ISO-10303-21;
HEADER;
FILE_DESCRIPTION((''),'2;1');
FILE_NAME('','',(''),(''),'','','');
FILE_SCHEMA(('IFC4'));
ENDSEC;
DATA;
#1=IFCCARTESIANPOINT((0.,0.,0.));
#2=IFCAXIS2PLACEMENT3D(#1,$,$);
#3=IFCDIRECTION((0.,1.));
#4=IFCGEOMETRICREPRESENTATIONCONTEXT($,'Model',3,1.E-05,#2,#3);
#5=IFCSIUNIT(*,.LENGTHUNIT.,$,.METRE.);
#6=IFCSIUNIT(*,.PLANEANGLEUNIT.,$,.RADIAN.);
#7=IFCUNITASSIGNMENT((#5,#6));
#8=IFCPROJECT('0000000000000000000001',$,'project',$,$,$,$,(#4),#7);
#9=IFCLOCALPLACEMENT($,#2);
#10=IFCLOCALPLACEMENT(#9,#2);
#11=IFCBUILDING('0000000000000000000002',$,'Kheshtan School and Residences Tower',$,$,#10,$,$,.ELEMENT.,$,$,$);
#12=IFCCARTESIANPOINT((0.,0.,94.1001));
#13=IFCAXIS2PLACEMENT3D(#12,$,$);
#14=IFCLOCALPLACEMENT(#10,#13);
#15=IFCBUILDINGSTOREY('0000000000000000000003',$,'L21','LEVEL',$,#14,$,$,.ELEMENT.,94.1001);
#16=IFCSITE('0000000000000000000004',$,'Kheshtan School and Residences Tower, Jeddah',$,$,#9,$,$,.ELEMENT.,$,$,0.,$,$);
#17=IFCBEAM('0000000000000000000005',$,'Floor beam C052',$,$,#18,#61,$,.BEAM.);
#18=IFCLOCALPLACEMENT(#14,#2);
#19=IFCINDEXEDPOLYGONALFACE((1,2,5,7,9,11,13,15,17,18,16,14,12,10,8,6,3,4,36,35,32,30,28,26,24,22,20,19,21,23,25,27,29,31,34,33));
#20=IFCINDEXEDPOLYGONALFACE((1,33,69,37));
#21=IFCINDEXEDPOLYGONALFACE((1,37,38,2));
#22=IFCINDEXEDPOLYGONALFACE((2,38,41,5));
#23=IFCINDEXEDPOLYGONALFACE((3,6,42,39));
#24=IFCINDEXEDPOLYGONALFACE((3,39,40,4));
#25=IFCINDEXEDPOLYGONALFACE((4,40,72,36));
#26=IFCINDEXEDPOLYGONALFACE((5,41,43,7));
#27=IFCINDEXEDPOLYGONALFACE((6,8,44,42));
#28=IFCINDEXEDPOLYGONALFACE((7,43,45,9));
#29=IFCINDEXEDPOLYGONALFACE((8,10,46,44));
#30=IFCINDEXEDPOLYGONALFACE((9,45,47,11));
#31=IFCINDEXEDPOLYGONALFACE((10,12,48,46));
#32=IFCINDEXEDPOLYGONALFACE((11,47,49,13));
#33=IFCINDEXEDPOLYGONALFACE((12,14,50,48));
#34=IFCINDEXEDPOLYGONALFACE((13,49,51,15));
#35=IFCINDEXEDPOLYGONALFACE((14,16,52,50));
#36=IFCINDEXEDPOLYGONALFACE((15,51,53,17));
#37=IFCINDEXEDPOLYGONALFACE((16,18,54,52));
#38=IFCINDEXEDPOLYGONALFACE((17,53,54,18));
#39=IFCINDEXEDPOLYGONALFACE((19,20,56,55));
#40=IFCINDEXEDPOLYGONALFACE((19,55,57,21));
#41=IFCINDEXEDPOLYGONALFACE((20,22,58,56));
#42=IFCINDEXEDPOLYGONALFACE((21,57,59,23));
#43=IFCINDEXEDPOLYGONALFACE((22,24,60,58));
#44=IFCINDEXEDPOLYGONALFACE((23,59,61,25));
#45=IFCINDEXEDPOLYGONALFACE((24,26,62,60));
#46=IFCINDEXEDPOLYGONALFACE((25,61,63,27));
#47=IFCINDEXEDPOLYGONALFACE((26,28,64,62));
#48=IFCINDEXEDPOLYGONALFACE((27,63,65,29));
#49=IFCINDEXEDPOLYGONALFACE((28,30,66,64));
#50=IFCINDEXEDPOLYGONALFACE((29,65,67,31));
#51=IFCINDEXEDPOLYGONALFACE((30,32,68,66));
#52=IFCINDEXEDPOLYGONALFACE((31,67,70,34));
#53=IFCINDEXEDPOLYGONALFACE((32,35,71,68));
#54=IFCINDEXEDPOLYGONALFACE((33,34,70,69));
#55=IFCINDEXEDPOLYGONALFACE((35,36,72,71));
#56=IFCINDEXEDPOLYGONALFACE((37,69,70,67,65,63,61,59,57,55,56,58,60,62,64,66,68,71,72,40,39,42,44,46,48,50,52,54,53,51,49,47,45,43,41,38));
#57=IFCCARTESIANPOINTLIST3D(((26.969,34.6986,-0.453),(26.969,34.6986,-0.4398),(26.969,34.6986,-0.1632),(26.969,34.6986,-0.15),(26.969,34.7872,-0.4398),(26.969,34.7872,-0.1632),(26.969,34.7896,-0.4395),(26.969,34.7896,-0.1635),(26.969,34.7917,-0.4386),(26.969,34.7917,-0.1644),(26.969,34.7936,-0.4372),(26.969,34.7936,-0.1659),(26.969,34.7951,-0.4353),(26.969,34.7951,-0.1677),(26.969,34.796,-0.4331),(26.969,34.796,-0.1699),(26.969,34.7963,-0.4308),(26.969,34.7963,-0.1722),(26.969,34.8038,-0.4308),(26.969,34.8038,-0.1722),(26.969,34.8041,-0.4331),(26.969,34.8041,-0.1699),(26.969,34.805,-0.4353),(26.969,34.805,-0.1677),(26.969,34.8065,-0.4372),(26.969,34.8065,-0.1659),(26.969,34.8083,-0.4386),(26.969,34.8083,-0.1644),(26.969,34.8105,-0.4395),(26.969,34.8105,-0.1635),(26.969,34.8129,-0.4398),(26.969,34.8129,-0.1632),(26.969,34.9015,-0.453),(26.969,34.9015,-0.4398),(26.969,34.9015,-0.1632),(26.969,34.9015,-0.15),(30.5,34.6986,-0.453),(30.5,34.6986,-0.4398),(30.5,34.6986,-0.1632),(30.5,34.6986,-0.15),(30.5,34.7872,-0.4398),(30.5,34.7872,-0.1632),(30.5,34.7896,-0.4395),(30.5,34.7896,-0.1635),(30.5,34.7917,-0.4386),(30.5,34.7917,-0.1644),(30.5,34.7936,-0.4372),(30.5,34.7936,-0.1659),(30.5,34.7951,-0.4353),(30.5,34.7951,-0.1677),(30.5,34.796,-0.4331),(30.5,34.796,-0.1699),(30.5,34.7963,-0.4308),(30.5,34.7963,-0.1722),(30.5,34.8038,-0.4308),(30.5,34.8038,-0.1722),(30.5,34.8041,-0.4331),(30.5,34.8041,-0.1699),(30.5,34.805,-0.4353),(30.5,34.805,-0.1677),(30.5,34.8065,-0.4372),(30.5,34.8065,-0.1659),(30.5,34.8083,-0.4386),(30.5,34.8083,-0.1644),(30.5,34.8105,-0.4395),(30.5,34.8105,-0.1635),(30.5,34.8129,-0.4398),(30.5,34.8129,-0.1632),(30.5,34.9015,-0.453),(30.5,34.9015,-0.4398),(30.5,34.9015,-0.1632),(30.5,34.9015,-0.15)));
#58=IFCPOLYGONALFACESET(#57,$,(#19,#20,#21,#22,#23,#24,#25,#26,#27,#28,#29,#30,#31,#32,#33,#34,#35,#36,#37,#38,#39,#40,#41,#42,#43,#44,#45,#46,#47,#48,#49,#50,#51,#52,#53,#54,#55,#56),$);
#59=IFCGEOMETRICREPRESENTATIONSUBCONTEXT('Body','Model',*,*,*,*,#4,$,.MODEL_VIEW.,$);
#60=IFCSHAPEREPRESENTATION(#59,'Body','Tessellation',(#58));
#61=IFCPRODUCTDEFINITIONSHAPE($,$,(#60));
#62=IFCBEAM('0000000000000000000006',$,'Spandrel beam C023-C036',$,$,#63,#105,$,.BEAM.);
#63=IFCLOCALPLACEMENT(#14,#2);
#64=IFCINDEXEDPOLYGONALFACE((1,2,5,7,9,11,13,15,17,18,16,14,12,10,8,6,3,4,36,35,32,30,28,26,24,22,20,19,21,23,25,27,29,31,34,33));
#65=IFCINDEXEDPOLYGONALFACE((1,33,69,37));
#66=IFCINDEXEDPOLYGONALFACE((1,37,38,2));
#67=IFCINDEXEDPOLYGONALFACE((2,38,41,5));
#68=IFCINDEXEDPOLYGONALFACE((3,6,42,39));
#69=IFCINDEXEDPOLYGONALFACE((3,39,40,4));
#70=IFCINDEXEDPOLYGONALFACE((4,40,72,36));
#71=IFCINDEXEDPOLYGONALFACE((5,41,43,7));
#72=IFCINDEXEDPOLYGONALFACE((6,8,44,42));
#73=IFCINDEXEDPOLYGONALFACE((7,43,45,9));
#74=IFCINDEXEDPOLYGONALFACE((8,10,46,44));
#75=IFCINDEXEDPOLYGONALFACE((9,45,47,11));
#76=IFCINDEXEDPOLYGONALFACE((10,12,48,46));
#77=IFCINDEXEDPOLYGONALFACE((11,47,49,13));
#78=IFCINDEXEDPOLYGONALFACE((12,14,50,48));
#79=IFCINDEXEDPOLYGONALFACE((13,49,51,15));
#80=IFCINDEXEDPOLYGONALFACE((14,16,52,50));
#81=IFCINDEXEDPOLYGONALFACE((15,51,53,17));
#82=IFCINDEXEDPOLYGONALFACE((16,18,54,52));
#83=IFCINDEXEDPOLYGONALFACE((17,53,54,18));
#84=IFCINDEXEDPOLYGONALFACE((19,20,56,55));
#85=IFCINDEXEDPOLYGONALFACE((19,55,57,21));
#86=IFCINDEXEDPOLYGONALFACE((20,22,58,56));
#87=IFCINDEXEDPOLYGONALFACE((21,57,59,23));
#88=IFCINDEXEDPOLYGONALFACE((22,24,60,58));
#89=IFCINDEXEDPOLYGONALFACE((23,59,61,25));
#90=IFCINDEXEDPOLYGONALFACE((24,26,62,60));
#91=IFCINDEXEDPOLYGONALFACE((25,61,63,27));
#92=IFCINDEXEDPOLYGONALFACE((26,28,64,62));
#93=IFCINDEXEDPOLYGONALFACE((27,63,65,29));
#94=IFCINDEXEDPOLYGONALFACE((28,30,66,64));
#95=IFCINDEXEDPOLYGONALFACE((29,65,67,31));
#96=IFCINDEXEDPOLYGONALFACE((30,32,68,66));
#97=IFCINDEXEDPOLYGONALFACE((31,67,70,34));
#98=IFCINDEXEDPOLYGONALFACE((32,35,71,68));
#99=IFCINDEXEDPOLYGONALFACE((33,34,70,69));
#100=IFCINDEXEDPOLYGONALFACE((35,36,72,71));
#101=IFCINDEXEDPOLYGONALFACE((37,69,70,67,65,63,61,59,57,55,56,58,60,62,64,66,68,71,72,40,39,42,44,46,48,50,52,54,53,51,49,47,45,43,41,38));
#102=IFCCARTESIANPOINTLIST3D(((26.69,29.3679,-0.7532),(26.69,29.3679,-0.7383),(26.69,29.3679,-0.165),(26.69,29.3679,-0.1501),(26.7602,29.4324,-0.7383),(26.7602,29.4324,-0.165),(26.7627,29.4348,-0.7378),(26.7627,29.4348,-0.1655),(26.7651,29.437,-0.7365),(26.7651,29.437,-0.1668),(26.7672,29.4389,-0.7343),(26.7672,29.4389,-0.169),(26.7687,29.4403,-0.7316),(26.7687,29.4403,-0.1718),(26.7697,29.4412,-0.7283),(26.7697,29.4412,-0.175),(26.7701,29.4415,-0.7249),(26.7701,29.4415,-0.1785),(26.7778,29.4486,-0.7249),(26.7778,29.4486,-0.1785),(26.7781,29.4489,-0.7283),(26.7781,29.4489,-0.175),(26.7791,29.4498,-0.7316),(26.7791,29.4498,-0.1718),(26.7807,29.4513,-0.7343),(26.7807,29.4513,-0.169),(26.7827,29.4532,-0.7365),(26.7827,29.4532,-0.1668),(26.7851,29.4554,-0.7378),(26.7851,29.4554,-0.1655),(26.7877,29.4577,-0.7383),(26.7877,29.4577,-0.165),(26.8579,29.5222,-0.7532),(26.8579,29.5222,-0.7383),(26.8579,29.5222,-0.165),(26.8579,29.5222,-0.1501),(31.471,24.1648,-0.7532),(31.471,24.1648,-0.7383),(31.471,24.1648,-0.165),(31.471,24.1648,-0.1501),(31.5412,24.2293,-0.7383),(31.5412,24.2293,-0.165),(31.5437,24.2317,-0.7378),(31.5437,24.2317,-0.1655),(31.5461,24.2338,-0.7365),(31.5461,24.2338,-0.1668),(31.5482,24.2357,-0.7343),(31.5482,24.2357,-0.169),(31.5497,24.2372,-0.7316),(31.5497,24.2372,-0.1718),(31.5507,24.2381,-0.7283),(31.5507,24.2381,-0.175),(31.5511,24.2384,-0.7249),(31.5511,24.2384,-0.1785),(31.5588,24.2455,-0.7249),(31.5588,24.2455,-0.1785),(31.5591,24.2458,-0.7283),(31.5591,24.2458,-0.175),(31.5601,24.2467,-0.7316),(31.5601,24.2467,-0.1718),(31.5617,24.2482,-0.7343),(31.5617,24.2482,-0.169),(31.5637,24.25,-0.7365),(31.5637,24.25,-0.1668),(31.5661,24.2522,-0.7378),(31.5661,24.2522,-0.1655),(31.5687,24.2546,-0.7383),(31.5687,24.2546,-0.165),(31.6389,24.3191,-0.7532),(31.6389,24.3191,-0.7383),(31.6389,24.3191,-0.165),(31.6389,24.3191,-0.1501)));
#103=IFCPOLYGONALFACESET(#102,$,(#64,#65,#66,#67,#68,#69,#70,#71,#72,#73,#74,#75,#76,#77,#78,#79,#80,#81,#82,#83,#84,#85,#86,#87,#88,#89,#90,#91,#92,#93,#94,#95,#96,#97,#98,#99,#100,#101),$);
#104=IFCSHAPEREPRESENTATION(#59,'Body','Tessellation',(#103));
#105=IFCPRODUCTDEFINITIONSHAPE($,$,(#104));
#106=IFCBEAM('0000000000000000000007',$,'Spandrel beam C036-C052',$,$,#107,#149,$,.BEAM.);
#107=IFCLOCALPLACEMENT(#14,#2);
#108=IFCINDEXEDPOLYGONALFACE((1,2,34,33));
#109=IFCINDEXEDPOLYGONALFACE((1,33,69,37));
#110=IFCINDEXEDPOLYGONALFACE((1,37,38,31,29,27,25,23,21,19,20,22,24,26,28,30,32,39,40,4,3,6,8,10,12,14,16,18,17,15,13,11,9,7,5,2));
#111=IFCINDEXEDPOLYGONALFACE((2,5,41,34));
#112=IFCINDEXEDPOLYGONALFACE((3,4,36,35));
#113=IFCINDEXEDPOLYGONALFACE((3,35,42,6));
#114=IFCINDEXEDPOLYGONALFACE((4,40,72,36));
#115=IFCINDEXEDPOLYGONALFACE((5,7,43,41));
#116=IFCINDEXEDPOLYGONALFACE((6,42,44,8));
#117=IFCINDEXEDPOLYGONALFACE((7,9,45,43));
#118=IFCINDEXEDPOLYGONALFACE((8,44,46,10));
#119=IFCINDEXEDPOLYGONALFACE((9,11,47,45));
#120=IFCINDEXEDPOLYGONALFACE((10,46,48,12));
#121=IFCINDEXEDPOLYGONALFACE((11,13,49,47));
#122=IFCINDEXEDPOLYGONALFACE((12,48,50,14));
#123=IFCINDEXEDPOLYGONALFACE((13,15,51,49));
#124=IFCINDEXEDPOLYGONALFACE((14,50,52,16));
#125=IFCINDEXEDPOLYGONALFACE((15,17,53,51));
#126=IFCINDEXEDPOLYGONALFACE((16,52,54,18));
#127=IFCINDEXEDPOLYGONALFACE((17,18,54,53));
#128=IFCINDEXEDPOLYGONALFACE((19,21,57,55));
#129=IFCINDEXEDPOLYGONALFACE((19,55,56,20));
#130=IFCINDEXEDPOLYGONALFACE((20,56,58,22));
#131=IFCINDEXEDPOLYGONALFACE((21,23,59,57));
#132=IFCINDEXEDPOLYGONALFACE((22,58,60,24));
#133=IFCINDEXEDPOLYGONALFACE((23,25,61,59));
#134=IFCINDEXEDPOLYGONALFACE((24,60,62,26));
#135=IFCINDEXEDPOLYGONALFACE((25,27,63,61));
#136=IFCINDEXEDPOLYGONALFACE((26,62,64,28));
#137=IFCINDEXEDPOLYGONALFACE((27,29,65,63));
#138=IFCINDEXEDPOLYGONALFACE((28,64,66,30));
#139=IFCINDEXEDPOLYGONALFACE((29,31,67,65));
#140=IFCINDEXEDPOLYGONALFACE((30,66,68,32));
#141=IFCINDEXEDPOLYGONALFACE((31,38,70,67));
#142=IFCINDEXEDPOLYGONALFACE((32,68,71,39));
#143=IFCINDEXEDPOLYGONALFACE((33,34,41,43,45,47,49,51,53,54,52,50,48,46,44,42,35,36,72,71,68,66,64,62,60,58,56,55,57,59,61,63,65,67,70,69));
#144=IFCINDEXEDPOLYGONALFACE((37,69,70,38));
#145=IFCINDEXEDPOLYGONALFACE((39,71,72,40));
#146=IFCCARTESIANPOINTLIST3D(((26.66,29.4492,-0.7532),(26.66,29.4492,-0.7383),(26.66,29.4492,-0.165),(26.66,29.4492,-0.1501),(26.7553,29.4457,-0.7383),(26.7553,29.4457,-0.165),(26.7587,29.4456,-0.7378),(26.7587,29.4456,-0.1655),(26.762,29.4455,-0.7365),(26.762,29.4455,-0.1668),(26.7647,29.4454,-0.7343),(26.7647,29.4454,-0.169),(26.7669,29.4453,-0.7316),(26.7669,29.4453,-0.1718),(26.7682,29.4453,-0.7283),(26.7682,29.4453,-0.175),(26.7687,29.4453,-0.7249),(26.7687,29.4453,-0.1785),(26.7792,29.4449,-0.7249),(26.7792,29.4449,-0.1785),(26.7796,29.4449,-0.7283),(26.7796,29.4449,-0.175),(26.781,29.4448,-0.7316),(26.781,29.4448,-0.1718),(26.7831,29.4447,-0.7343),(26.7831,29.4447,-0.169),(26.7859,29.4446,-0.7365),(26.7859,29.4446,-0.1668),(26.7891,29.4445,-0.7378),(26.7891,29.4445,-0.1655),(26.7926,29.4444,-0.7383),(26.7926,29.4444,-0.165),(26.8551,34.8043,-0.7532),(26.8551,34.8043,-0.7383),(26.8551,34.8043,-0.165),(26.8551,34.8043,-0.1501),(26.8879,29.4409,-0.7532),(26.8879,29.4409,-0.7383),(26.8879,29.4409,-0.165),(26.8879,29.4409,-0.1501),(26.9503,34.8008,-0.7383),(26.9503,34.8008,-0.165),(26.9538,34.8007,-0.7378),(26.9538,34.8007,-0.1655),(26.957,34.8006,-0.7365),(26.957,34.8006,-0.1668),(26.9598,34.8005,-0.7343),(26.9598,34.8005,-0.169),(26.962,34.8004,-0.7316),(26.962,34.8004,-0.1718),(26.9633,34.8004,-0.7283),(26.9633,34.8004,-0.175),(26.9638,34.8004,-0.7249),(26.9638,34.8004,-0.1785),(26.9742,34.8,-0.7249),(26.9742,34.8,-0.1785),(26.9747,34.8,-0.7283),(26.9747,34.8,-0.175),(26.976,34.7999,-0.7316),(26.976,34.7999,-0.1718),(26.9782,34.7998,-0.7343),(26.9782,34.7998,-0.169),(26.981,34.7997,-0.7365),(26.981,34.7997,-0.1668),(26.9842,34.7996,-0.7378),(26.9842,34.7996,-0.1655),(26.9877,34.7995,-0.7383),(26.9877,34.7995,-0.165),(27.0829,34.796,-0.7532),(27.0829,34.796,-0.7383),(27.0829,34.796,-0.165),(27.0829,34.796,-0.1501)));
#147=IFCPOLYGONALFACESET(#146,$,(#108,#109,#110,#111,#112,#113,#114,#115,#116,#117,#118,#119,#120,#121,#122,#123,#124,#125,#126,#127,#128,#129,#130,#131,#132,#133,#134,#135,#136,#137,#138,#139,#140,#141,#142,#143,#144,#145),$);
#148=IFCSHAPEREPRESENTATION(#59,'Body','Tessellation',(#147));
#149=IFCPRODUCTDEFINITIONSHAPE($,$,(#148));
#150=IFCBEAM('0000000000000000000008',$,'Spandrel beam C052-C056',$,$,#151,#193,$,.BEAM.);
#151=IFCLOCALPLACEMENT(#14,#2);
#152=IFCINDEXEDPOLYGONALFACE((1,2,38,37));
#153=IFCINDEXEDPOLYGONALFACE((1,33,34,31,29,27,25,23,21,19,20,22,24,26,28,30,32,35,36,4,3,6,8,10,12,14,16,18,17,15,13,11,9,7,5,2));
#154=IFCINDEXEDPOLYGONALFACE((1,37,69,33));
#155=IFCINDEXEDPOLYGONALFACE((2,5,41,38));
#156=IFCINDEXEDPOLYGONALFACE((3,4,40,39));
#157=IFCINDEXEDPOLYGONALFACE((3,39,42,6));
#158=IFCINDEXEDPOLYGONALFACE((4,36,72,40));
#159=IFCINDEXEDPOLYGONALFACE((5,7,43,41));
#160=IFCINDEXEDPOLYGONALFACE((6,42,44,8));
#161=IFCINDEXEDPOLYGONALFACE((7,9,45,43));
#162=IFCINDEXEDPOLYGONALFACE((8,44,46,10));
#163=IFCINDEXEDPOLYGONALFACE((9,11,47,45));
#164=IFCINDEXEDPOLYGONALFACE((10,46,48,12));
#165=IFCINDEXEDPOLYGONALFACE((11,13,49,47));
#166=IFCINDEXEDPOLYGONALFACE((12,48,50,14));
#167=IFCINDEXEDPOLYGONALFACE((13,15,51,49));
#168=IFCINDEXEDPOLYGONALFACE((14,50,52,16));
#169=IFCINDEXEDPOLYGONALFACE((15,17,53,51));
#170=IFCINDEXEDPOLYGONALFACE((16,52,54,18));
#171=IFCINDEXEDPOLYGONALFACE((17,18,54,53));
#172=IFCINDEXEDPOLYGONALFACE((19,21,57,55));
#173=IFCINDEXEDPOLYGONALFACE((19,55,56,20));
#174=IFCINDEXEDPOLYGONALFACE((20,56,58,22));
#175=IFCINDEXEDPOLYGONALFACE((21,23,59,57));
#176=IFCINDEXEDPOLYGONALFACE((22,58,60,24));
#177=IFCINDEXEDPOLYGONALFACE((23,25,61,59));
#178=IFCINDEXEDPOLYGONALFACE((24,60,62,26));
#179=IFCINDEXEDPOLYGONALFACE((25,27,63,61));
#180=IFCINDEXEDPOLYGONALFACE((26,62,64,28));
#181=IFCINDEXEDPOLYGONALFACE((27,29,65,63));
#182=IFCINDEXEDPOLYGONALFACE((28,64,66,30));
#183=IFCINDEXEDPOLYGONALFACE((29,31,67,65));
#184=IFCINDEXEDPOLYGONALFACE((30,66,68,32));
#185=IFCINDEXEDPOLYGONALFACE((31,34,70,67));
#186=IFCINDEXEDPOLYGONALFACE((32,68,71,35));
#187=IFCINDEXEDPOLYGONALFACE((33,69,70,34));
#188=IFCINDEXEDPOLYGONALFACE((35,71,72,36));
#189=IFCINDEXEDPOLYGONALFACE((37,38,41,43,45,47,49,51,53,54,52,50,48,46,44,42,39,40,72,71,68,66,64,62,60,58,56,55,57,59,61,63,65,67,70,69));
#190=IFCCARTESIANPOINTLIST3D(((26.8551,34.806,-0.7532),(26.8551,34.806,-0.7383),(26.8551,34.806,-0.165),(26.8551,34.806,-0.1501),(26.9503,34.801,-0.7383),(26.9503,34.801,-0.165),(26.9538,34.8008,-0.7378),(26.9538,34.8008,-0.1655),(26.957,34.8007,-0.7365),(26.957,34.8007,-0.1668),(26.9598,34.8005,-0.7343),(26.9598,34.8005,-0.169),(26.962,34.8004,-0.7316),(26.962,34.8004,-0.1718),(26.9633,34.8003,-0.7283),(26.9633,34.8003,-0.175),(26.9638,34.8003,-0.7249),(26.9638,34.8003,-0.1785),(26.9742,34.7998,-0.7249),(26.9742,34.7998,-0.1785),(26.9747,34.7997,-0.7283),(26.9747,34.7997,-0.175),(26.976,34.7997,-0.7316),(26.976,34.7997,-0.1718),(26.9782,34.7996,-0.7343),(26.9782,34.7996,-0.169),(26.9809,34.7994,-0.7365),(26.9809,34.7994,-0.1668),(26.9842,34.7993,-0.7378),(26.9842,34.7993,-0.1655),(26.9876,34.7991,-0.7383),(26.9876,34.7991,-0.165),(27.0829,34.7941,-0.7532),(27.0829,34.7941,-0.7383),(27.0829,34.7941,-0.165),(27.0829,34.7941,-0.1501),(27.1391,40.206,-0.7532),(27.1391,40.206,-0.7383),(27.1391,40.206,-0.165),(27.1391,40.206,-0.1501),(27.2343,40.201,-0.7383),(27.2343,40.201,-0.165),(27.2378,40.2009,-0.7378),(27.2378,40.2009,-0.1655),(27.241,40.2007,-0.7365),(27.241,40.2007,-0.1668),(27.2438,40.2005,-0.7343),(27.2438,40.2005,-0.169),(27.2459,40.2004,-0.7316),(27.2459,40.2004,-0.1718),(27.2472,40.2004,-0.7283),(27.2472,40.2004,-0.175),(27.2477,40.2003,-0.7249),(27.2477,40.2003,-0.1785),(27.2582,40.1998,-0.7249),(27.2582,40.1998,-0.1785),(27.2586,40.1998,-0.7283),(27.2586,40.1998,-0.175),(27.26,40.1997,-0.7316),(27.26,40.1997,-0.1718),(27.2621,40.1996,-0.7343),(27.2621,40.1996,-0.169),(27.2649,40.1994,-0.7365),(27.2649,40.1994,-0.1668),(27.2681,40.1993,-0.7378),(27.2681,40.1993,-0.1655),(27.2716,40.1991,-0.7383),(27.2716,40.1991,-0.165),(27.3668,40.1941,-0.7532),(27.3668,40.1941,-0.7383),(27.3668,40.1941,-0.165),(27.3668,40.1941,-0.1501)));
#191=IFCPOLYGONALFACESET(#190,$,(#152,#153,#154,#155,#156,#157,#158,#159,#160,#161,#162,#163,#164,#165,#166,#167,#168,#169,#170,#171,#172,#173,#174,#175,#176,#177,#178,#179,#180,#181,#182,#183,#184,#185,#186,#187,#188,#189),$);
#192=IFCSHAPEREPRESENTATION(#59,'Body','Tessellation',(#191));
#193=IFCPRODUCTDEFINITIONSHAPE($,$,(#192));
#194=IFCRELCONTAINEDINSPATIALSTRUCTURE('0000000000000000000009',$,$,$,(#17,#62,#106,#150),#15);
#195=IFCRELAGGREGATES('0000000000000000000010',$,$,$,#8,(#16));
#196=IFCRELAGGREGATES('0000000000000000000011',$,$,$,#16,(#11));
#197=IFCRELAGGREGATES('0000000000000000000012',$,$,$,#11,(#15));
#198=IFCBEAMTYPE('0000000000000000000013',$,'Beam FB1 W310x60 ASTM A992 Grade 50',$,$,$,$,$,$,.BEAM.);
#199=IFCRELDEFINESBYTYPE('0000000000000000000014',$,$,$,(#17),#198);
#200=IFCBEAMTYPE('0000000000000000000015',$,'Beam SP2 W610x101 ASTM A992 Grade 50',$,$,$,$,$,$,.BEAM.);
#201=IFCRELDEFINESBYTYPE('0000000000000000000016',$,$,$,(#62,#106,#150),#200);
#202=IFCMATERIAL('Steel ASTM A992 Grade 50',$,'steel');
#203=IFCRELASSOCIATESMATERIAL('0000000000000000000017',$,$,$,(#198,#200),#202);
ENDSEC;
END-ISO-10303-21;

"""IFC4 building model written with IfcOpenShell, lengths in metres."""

from ifc_helpers import new_model, si_unit, direction, frame, origin, origin_2d, place, context, subcontext, project, spatial, i_section, extrude, material, material_profile, profile_set, type_object, element, save


model = new_model("IFC4")

# Units and contexts
model_context = context("Model", 3, precision=1e-05, world=origin(), true_north=direction((0.0, 1.0)))
body_context = subcontext(model_context, "Body", "Model", "MODEL_VIEW")
ifc_project = project(units=[si_unit("LENGTHUNIT", "METRE"), si_unit("PLANEANGLEUNIT", "RADIAN")], contexts=[model_context])

# Site, building, storey
site_placement = place(None, origin())
site = spatial("IfcSite", under=ifc_project, at=site_placement, Name="Kheshtan School and Residences Tower, Jeddah", CompositionType="ELEMENT", RefElevation=0.0)
building_placement = place(site_placement, origin())
building = spatial("IfcBuilding", under=site, at=building_placement, Name="Kheshtan School and Residences Tower", CompositionType="ELEMENT")
storey_placement = place(building_placement, frame((0.0, 0.0, 94.1001)))
storey = spatial("IfcBuildingStorey", under=building, at=storey_placement, Name="L21", Description="LEVEL", CompositionType="ELEMENT", Elevation=94.1001)

# Shared definitions
ifc_material_1 = material(Name="Steel ASTM A992 Grade 50", Category="steel")

# Beams
ifc_material_profile_1 = material_profile(ifc_material_1, i_section(OverallWidth=0.2029, OverallDepth=0.303, WebThickness=0.0076, FlangeThickness=0.0132, FilletRadius=0.009, at=origin_2d()), Name="W310x60")
ifc_profile_set_1 = profile_set([ifc_material_profile_1], Name="Steel ASTM A992 Grade 50")
beam_type_1 = type_object("IfcBeamType", Name="Beam FB1 W310x60 ASTM A992 Grade 50", PredefinedType="BEAM", material=ifc_profile_set_1)
beam_1_placement = place(storey_placement, frame((26.969, 34.8, -0.3015), z_axis=(1.0, 0.0, 0.0), x_axis=(0.0, 1.0, 0.0)))
element("IfcBeam", 1, at=beam_1_placement, inside=storey, type_object=beam_type_1, Name="Floor beam C052", PredefinedType="BEAM", context=body_context, shape_type="SweptSolid", body=[
    extrude(i_section(OverallWidth=0.2029, OverallDepth=0.303, WebThickness=0.0076, FlangeThickness=0.0132, FilletRadius=0.009, at=origin_2d()), origin(), (0.0, 0.0, 1.0), 3.531),
])
ifc_material_profile_2 = material_profile(ifc_material_1, i_section(OverallWidth=0.228, OverallDepth=0.603, WebThickness=0.0105, FlangeThickness=0.0149, FilletRadius=0.0134, at=origin_2d()), Name="W610x101")
ifc_profile_set_2 = profile_set([ifc_material_profile_2], Name="Steel ASTM A992 Grade 50")
beam_type_2 = type_object("IfcBeamType", Name="Beam SP2 W610x101 ASTM A992 Grade 50", PredefinedType="BEAM", material=ifc_profile_set_2)
beam_2_placement = place(storey_placement, frame((31.5549, 24.2419, -0.4517), z_axis=(-0.676607, 0.736345, 0.0), x_axis=(-0.736345, -0.676607, 0.0)))
element("IfcBeam", 2, at=beam_2_placement, inside=storey, type_object=beam_type_2, Name="Spandrel beam C023-C036", PredefinedType="BEAM", context=body_context, shape_type="SweptSolid", body=[
    extrude(i_section(OverallWidth=0.228, OverallDepth=0.603, WebThickness=0.0105, FlangeThickness=0.0149, FilletRadius=0.0134, at=origin_2d()), origin(), (0.0, 0.0, 1.0), 7.0662),
])
beam_3_placement = place(storey_placement, frame((26.7739, 29.4451, -0.4517), z_axis=(0.036403, 0.999337, 0.0), x_axis=(-0.999337, 0.036403, 0.0)))
element("IfcBeam", 3, at=beam_3_placement, inside=storey, type_object=beam_type_2, Name="Spandrel beam C036-C052", PredefinedType="BEAM", context=body_context, shape_type="SweptSolid", body=[
    extrude(i_section(OverallWidth=0.228, OverallDepth=0.603, WebThickness=0.0105, FlangeThickness=0.0149, FilletRadius=0.0134, at=origin_2d()), origin(), (0.0, 0.0, 1.0), 5.3586),
])
beam_4_placement = place(storey_placement, frame((26.969, 34.8, -0.4517), z_axis=(0.052509, 0.99862, 0.0), x_axis=(-0.99862, 0.052509, 0.0)))
element("IfcBeam", 4, at=beam_4_placement, inside=storey, type_object=beam_type_2, Name="Spandrel beam C052-C056", PredefinedType="BEAM", context=body_context, shape_type="SweptSolid", body=[
    extrude(i_section(OverallWidth=0.228, OverallDepth=0.603, WebThickness=0.0105, FlangeThickness=0.0149, FilletRadius=0.0134, at=origin_2d()), origin(), (0.0, 0.0, 1.0), 5.4075),
])

save(model, "model.ifc")
